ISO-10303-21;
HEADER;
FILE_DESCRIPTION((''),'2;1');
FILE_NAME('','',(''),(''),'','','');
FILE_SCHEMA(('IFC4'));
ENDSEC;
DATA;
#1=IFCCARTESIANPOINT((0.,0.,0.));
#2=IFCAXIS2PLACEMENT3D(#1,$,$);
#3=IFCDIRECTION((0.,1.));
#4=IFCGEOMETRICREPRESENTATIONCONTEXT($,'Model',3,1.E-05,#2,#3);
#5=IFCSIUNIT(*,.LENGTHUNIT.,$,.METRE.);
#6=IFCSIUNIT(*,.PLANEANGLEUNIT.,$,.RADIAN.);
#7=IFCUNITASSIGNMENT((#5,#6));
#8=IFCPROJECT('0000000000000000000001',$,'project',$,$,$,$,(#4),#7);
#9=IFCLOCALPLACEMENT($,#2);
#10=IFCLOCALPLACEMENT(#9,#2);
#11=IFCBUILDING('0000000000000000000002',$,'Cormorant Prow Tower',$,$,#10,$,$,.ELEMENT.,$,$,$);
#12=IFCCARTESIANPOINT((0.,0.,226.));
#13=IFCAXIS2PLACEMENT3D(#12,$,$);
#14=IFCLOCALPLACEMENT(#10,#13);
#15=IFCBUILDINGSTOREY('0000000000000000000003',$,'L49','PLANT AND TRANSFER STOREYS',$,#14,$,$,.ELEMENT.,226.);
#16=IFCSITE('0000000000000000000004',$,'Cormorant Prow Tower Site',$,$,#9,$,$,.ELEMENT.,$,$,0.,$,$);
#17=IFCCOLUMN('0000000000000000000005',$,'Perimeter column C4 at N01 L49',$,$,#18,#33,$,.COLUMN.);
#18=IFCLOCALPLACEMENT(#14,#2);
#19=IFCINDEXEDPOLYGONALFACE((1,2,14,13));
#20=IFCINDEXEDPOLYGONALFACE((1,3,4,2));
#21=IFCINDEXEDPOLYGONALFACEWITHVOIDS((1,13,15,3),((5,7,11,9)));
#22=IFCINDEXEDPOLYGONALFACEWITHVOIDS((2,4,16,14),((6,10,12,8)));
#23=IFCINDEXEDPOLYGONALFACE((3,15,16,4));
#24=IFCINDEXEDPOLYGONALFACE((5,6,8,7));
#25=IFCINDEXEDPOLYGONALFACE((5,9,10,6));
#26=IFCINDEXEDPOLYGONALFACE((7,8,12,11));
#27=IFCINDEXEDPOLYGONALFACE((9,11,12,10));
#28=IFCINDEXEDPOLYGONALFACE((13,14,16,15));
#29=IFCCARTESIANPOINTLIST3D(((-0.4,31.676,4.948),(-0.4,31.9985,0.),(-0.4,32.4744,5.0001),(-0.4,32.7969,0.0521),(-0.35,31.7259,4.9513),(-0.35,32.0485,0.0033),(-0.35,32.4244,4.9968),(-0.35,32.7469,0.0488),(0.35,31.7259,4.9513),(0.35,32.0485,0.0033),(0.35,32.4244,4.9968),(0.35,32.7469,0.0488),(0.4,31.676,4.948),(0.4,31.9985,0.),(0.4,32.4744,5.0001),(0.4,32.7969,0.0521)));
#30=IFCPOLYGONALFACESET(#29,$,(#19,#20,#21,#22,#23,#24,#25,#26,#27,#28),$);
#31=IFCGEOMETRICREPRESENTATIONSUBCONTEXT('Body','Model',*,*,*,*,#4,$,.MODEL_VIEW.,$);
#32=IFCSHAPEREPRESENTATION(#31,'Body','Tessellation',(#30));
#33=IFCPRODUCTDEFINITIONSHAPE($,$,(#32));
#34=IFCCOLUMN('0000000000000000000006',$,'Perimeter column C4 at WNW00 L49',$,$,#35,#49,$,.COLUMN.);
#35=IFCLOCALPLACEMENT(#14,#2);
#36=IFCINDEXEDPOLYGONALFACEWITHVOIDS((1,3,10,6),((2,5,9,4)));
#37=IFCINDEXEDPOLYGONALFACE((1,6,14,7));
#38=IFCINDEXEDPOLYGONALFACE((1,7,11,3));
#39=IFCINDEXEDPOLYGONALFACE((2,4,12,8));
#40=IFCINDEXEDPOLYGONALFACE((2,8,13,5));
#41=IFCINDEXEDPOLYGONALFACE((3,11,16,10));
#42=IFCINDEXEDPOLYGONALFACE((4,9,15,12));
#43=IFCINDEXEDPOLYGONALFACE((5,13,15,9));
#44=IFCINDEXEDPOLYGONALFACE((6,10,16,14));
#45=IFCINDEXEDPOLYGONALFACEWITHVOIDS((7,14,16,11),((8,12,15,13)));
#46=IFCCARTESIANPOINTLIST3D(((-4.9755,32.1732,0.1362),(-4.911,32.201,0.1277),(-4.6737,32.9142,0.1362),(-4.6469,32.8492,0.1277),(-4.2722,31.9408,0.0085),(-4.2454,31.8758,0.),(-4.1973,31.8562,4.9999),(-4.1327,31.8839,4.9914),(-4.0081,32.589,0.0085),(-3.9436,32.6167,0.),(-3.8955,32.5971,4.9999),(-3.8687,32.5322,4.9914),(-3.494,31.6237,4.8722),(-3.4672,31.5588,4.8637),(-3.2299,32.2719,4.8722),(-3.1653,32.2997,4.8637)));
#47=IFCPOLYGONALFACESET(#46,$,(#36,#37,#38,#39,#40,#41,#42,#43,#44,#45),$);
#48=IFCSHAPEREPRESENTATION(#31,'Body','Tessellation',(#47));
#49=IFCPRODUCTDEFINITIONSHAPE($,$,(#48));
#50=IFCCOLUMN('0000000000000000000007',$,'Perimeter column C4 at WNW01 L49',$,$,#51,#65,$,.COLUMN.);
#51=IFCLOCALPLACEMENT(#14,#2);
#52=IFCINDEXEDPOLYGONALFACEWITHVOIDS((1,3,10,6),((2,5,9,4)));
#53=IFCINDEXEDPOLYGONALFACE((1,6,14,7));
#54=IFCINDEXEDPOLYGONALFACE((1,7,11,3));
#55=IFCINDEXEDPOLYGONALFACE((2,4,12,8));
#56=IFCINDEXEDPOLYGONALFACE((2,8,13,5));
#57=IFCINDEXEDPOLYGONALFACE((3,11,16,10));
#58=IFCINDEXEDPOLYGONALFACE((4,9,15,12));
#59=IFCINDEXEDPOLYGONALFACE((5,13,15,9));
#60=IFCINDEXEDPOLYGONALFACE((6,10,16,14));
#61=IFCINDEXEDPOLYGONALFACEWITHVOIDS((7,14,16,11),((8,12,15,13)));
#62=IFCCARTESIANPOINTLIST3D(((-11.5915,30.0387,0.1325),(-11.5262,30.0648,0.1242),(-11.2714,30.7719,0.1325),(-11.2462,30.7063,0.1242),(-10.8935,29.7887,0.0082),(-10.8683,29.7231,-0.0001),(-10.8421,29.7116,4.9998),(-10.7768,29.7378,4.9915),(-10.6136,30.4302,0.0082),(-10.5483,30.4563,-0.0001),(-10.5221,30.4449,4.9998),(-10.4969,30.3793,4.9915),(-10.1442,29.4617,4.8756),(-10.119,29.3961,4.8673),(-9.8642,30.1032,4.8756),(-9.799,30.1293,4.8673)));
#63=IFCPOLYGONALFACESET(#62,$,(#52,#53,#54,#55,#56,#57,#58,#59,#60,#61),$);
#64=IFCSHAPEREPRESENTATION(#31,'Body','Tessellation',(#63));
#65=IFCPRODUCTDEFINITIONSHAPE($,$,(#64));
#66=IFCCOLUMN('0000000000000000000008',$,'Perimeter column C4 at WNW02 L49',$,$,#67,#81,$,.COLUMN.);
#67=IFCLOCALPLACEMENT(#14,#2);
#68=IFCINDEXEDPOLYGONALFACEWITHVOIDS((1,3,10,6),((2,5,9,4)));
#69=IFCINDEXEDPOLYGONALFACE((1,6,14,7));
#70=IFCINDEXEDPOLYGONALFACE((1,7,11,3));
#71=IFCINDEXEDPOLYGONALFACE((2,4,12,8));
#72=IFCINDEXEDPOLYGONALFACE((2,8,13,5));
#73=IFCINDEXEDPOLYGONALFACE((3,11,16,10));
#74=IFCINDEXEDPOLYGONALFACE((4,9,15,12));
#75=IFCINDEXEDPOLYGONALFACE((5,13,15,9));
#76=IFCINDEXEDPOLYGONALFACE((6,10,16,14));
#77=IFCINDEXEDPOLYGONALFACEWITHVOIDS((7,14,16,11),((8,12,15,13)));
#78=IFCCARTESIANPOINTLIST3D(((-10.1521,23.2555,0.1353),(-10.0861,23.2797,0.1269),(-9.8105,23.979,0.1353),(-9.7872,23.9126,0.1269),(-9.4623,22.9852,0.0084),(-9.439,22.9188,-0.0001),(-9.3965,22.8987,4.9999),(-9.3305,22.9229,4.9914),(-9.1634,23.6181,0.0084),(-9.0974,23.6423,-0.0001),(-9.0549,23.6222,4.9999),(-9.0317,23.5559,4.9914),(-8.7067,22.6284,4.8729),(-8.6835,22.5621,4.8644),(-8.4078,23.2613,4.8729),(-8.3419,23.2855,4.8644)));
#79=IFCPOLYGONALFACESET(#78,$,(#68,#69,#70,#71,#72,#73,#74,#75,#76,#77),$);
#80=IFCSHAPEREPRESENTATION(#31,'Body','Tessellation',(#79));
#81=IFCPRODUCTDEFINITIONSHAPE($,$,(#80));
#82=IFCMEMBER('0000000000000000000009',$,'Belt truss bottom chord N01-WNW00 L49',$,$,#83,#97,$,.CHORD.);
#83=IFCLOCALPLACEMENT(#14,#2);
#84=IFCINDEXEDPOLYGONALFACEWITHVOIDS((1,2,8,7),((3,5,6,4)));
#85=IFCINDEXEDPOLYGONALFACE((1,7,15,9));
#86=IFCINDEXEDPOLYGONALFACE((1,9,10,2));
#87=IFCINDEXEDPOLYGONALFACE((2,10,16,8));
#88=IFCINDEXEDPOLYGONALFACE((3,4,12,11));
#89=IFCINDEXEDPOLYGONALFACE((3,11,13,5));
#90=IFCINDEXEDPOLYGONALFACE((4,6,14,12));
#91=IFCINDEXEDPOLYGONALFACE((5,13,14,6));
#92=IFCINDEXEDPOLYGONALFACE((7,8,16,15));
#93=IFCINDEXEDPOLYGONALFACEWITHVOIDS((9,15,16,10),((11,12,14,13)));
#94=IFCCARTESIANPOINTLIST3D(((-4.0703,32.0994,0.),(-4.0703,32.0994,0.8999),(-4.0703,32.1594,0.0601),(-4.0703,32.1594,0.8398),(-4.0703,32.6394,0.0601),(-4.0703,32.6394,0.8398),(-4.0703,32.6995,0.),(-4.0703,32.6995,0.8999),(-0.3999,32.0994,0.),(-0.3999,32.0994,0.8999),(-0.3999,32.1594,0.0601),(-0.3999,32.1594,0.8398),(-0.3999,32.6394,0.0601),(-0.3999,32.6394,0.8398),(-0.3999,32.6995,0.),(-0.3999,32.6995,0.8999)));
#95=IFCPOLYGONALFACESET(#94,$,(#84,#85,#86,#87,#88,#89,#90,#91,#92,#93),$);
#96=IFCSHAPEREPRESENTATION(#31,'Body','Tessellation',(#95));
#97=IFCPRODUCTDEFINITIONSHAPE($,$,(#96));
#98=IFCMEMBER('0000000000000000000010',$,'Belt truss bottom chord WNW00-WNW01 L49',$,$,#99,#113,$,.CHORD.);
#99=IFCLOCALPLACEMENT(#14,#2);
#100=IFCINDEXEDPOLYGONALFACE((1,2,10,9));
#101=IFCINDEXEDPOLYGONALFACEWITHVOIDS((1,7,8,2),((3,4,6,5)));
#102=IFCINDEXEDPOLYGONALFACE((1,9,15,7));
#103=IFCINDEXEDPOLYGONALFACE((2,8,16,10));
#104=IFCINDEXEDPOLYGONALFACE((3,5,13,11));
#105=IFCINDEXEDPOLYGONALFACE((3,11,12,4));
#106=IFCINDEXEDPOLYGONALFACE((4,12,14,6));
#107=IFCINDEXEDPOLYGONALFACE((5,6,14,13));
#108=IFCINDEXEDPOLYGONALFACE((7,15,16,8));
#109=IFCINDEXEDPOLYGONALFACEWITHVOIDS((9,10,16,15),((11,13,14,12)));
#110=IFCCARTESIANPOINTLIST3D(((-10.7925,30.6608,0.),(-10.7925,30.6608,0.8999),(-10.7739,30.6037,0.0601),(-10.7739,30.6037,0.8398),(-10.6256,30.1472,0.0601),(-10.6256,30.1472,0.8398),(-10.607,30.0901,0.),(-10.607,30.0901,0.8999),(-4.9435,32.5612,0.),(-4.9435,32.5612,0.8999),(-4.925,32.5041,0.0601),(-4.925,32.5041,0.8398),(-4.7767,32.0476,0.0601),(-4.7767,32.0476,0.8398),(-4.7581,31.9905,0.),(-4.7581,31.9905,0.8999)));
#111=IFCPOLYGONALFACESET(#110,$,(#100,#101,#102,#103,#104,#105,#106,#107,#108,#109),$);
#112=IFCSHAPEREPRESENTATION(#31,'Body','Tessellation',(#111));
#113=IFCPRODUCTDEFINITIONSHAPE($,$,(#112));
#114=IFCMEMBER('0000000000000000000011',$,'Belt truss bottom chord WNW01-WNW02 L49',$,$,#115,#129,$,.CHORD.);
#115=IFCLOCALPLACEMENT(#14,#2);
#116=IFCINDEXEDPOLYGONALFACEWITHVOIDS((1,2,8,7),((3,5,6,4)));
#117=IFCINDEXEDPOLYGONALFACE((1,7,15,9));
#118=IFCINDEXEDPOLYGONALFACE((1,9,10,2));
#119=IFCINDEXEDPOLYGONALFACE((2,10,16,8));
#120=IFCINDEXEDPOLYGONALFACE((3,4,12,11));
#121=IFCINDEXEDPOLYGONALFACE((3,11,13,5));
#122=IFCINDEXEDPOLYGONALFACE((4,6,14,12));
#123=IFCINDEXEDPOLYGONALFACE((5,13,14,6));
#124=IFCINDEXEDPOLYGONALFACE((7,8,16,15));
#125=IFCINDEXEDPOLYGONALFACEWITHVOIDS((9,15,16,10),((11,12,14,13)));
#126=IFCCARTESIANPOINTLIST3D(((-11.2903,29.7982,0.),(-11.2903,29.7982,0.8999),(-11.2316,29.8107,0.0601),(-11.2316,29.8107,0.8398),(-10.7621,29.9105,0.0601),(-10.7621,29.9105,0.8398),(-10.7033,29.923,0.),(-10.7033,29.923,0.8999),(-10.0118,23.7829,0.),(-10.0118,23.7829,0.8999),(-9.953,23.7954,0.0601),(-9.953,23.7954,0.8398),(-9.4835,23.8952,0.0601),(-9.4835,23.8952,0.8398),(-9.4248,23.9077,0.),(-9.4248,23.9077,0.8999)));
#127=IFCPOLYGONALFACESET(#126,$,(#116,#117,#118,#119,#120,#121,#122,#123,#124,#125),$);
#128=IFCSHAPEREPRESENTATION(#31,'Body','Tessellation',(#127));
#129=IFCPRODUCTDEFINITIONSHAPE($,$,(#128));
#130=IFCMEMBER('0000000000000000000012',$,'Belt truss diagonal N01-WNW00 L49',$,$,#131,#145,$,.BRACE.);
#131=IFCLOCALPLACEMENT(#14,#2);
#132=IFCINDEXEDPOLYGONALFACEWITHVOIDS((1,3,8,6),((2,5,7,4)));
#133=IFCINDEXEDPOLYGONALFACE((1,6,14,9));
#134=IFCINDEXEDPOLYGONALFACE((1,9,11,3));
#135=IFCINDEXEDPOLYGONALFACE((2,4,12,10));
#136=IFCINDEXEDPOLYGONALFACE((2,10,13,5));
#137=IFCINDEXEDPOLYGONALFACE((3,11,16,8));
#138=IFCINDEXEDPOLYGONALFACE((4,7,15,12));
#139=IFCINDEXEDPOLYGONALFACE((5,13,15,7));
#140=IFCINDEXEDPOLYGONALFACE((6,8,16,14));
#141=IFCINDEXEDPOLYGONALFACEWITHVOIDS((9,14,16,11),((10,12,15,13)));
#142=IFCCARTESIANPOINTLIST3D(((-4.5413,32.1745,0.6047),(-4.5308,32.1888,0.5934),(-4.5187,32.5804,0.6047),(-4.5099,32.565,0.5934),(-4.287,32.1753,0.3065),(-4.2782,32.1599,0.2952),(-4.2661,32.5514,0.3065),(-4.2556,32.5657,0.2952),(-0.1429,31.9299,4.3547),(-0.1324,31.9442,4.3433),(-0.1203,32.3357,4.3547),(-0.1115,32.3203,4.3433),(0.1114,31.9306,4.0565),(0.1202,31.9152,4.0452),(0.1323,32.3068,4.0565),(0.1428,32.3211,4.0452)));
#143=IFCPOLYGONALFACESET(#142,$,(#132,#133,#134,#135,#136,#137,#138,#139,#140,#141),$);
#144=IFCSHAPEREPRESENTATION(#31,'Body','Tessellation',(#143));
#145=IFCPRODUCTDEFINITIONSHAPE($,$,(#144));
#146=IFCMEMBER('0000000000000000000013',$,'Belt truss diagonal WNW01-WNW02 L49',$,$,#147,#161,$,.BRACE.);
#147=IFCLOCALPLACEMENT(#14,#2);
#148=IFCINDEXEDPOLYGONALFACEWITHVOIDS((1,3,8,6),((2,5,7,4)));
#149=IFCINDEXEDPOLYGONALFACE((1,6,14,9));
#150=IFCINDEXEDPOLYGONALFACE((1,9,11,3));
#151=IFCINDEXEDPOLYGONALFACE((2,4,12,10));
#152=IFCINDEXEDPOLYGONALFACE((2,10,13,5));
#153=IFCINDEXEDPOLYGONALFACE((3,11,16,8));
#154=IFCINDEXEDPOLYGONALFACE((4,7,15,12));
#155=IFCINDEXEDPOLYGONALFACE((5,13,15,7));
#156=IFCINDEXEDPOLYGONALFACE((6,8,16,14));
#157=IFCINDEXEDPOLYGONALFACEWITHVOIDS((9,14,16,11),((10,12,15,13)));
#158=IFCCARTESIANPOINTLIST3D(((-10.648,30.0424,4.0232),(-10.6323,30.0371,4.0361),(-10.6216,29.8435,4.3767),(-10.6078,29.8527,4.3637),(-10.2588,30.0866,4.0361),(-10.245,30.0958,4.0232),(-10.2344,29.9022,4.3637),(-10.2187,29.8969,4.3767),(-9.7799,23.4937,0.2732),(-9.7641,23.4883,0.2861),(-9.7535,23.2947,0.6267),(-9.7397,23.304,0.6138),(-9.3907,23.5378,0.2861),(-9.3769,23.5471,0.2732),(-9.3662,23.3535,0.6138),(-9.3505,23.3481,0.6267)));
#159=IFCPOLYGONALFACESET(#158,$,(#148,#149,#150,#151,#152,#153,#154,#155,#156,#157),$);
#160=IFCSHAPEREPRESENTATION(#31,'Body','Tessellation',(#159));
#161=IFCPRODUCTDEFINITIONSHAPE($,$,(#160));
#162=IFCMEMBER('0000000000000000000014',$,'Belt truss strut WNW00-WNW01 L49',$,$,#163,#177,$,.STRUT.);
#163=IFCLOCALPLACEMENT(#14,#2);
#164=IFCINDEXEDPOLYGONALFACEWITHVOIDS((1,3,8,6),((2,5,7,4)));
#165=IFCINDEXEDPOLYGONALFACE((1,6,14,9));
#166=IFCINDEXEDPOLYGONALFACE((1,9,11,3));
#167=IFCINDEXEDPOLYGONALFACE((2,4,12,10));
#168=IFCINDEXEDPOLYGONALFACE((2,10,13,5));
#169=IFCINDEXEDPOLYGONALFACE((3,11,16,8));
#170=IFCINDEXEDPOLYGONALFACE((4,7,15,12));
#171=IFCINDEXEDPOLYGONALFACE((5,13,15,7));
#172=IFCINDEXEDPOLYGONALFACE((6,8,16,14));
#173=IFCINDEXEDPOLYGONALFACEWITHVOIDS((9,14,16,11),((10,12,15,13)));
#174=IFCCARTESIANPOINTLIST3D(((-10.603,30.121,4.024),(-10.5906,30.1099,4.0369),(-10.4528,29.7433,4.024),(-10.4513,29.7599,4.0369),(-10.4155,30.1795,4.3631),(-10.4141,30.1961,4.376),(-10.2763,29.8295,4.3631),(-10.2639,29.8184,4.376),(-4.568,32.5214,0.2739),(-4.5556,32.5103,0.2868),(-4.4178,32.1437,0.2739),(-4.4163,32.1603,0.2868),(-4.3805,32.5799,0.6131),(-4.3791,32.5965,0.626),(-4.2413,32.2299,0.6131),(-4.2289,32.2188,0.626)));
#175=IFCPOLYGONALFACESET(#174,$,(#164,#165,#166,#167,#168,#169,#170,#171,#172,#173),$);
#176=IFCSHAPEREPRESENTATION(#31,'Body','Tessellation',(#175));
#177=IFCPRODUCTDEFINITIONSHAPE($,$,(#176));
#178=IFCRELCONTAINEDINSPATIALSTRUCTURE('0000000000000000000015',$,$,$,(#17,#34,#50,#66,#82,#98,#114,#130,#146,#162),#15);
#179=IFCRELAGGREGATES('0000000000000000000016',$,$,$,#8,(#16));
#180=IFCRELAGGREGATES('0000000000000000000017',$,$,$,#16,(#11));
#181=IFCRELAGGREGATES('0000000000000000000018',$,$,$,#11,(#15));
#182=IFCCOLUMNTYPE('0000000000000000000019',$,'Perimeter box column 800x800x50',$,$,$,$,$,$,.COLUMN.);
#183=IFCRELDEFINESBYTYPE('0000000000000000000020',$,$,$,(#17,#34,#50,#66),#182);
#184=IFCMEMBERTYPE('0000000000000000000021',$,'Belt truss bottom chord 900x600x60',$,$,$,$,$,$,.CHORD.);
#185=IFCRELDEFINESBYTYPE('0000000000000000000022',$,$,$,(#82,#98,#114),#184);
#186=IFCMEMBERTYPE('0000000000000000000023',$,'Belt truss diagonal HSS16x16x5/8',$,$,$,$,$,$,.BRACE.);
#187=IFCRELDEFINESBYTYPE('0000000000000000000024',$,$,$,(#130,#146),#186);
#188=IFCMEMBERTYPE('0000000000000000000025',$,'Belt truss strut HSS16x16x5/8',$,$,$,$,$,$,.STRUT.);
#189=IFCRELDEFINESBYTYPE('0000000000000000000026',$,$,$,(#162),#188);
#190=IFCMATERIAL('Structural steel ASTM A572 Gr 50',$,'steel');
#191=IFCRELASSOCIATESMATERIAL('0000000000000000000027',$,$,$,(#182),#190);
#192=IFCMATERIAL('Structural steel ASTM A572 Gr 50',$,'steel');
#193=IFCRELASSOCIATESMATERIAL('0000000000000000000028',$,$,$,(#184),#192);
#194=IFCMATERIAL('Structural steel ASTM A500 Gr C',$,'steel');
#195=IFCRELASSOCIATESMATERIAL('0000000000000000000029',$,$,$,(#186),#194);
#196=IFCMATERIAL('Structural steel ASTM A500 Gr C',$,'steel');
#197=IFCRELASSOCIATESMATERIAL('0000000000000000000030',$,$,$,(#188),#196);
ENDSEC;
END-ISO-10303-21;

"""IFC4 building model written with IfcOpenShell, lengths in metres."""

from ifc_helpers import new_model, si_unit, direction, frame, origin, origin_2d, place, context, subcontext, project, spatial, hollow_rectangle, extrude, material, material_profile, profile_set, type_object, element, save


model = new_model("IFC4")

# Units and contexts
model_context = context("Model", 3, precision=1e-05, world=origin(), true_north=direction((0.0, 1.0)))
body_context = subcontext(model_context, "Body", "Model", "MODEL_VIEW")
ifc_project = project(units=[si_unit("LENGTHUNIT", "METRE"), si_unit("PLANEANGLEUNIT", "RADIAN")], contexts=[model_context])

# Site, building, storey
site_placement = place(None, origin())
site = spatial("IfcSite", under=ifc_project, at=site_placement, Name="Cormorant Prow Tower Site", CompositionType="ELEMENT", RefElevation=0.0)
building_placement = place(site_placement, origin())
building = spatial("IfcBuilding", under=site, at=building_placement, Name="Cormorant Prow Tower", CompositionType="ELEMENT")
storey_placement = place(building_placement, frame((0.0, 0.0, 226.0)))
storey = spatial("IfcBuildingStorey", under=building, at=storey_placement, Name="L49", Description="PLANT AND TRANSFER STOREYS", CompositionType="ELEMENT", Elevation=226.0)

# Columns
ifc_material_1 = material(Name="Structural steel ASTM A572 Gr 50", Category="steel")
ifc_material_profile_1 = material_profile(ifc_material_1, hollow_rectangle(XDim=0.8, YDim=0.8, WallThickness=0.05, at=origin_2d()), Name="Box 800x800x50")
ifc_profile_set_1 = profile_set([ifc_material_profile_1], Name="Structural steel ASTM A572 Gr 50")
column_type = type_object("IfcColumnType", Name="Perimeter box column 800x800x50", PredefinedType="COLUMN", material=ifc_profile_set_1)
column_1_placement = place(storey_placement, frame((0.0, 32.3994, 0.0), z_axis=(0.0, -0.065047, 0.997882), x_axis=(1.0, 0.0, 0.0)))
element("IfcColumn", 1, at=column_1_placement, inside=storey, type_object=column_type, Name="Perimeter column C4 at N01 L49", PredefinedType="COLUMN", context=body_context, shape_type="SweptSolid", body=[
    extrude(hollow_rectangle(XDim=0.8, YDim=0.8, WallThickness=0.05, at=origin_2d()), frame((0.0, 0.0, 0.0261)), (0.0, 0.0, 1.0), 4.9585),
])
column_2_placement = place(storey_placement, frame((-4.4705, 32.3994, 0.0), z_axis=(0.157674, -0.064234, 0.9854), x_axis=(0.377279, 0.9261, 0.0)))
element("IfcColumn", 2, at=column_2_placement, inside=storey, type_object=column_type, Name="Perimeter column C4 at WNW00 L49", PredefinedType="COLUMN", context=body_context, shape_type="SweptSolid", body=[
    extrude(hollow_rectangle(XDim=0.8, YDim=0.8, WallThickness=0.05, at=origin_2d()), frame((0.0, 0.0, 0.0691)), (0.0, 0.0, 1.0), 4.9358),
])
column_3_placement = place(storey_placement, frame((-11.0801, 30.252, 0.0), z_axis=(0.151828, -0.066259, 0.986184), x_axis=(0.39998, 0.916524, 0.0)))
element("IfcColumn", 3, at=column_3_placement, inside=storey, type_object=column_type, Name="Perimeter column C4 at WNW01 L49", PredefinedType="COLUMN", context=body_context, shape_type="SweptSolid", body=[
    extrude(hollow_rectangle(XDim=0.8, YDim=0.8, WallThickness=0.05, at=origin_2d()), frame((0.0, 0.0, 0.0671)), (0.0, 0.0, 1.0), 4.9355),
])
column_4_placement = place(storey_placement, frame((-9.6353, 23.4539, 0.0), z_axis=(0.15308, -0.072281, 0.985567), x_axis=(0.426974, 0.904264, 0.0)))
element("IfcColumn", 4, at=column_4_placement, inside=storey, type_object=column_type, Name="Perimeter column C4 at WNW02 L49", PredefinedType="COLUMN", context=body_context, shape_type="SweptSolid", body=[
    extrude(hollow_rectangle(XDim=0.8, YDim=0.8, WallThickness=0.05, at=origin_2d()), frame((0.0, 0.0, 0.0686)), (0.0, 0.0, 1.0), 4.9358),
])

# Members
ifc_material_2 = material(Name="Structural steel ASTM A572 Gr 50", Category="steel")
ifc_material_profile_2 = material_profile(ifc_material_2, hollow_rectangle(XDim=0.6001, YDim=0.8999, WallThickness=0.0601, at=origin_2d()), Name="Box 900x600x60")
ifc_profile_set_2 = profile_set([ifc_material_profile_2], Name="Structural steel ASTM A572 Gr 50")
member_type_1 = type_object("IfcMemberType", Name="Belt truss bottom chord 900x600x60", PredefinedType="CHORD", material=ifc_profile_set_2)
member_1_placement = place(storey_placement, frame((-0.3999, 32.3994, 0.45), z_axis=(-1.0, 0.0, 0.0), x_axis=(0.0, -1.0, 0.0)))
element("IfcMember", 5, at=member_1_placement, inside=storey, type_object=member_type_1, Name="Belt truss bottom chord N01-WNW00 L49", PredefinedType="CHORD", context=body_context, shape_type="SweptSolid", body=[
    extrude(hollow_rectangle(XDim=0.6001, YDim=0.8999, WallThickness=0.0601, at=origin_2d()), origin(), (0.0, 0.0, 1.0), 3.6704),
])
member_2_placement = place(storey_placement, frame((-4.8508, 32.2759, 0.45), z_axis=(-0.951058, -0.309013, 0.0), x_axis=(0.309013, -0.951058, 0.0)))
element("IfcMember", 6, at=member_2_placement, inside=storey, type_object=member_type_1, Name="Belt truss bottom chord WNW00-WNW01 L49", PredefinedType="CHORD", context=body_context, shape_type="SweptSolid", body=[
    extrude(hollow_rectangle(XDim=0.6001, YDim=0.8999, WallThickness=0.0601, at=origin_2d()), origin(), (0.0, 0.0, 1.0), 6.1499),
])
member_3_placement = place(storey_placement, frame((-10.9968, 29.8606, 0.45), z_axis=(0.207905, -0.978149, 0.0), x_axis=(0.978149, 0.207905, 0.0)))
element("IfcMember", 7, at=member_3_placement, inside=storey, type_object=member_type_1, Name="Belt truss bottom chord WNW01-WNW02 L49", PredefinedType="CHORD", context=body_context, shape_type="SweptSolid", body=[
    extrude(hollow_rectangle(XDim=0.6001, YDim=0.8999, WallThickness=0.0601, at=origin_2d()), origin(), (0.0, 0.0, 1.0), 6.1497),
])
ifc_material_3 = material(Name="Structural steel ASTM A500 Gr C", Category="steel")
ifc_material_profile_3 = material_profile(ifc_material_3, hollow_rectangle(XDim=0.4065, YDim=0.4065, WallThickness=0.0149, at=origin_2d()), Name="HSS16x16x5/8")
ifc_profile_set_3 = profile_set([ifc_material_profile_3], Name="Structural steel ASTM A500 Gr C")
member_type_2 = type_object("IfcMemberType", Name="Belt truss diagonal HSS16x16x5/8", PredefinedType="BRACE", material=ifc_profile_set_3)
member_4_placement = place(storey_placement, frame((-4.3984, 32.3701, 0.45), z_axis=(0.760291, -0.042285, 0.648205), x_axis=(0.055531, 0.998457, 0.0)))
element("IfcMember", 8, at=member_4_placement, inside=storey, type_object=member_type_2, Name="Belt truss diagonal N01-WNW00 L49", PredefinedType="BRACE", context=body_context, shape_type="SweptSolid", body=[
    extrude(hollow_rectangle(XDim=0.4065, YDim=0.4065, WallThickness=0.0149, at=origin_2d()), origin(), (0.0, 0.0, 1.0), 5.7852),
])
member_5_placement = place(storey_placement, frame((-9.5652, 23.4209, 0.45), z_axis=(-0.114288, 0.862111, 0.493663), x_axis=(-0.991327, -0.131418, 0.0)))
element("IfcMember", 9, at=member_5_placement, inside=storey, type_object=member_type_2, Name="Belt truss diagonal WNW01-WNW02 L49", PredefinedType="BRACE", context=body_context, shape_type="SweptSolid", body=[
    extrude(hollow_rectangle(XDim=0.4065, YDim=0.4065, WallThickness=0.0149, at=origin_2d()), origin(), (0.0, 0.0, 1.0), 7.5962),
])
ifc_material_4 = material(Name="Structural steel ASTM A500 Gr C", Category="steel")
ifc_material_profile_4 = material_profile(ifc_material_4, hollow_rectangle(XDim=0.4065, YDim=0.4065, WallThickness=0.0149, at=origin_2d()), Name="HSS16x16x5/8")
ifc_profile_set_4 = profile_set([ifc_material_profile_4], Name="Structural steel ASTM A500 Gr C")
member_type_3 = type_object("IfcMemberType", Name="Belt truss strut HSS16x16x5/8", PredefinedType="STRUT", material=ifc_profile_set_4)
member_6_placement = place(storey_placement, frame((-4.3984, 32.3701, 0.45), z_axis=(-0.804694, -0.320068, 0.500024), x_axis=(0.369588, -0.929196, 0.0)))
element("IfcMember", 10, at=member_6_placement, inside=storey, type_object=member_type_3, Name="Belt truss strut WNW00-WNW01 L49", PredefinedType="STRUT", context=body_context, shape_type="SweptSolid", body=[
    extrude(hollow_rectangle(XDim=0.4065, YDim=0.4065, WallThickness=0.0149, at=origin_2d()), origin(), (0.0, 0.0, 1.0), 7.4998),
])

save(model, "model.ifc")
